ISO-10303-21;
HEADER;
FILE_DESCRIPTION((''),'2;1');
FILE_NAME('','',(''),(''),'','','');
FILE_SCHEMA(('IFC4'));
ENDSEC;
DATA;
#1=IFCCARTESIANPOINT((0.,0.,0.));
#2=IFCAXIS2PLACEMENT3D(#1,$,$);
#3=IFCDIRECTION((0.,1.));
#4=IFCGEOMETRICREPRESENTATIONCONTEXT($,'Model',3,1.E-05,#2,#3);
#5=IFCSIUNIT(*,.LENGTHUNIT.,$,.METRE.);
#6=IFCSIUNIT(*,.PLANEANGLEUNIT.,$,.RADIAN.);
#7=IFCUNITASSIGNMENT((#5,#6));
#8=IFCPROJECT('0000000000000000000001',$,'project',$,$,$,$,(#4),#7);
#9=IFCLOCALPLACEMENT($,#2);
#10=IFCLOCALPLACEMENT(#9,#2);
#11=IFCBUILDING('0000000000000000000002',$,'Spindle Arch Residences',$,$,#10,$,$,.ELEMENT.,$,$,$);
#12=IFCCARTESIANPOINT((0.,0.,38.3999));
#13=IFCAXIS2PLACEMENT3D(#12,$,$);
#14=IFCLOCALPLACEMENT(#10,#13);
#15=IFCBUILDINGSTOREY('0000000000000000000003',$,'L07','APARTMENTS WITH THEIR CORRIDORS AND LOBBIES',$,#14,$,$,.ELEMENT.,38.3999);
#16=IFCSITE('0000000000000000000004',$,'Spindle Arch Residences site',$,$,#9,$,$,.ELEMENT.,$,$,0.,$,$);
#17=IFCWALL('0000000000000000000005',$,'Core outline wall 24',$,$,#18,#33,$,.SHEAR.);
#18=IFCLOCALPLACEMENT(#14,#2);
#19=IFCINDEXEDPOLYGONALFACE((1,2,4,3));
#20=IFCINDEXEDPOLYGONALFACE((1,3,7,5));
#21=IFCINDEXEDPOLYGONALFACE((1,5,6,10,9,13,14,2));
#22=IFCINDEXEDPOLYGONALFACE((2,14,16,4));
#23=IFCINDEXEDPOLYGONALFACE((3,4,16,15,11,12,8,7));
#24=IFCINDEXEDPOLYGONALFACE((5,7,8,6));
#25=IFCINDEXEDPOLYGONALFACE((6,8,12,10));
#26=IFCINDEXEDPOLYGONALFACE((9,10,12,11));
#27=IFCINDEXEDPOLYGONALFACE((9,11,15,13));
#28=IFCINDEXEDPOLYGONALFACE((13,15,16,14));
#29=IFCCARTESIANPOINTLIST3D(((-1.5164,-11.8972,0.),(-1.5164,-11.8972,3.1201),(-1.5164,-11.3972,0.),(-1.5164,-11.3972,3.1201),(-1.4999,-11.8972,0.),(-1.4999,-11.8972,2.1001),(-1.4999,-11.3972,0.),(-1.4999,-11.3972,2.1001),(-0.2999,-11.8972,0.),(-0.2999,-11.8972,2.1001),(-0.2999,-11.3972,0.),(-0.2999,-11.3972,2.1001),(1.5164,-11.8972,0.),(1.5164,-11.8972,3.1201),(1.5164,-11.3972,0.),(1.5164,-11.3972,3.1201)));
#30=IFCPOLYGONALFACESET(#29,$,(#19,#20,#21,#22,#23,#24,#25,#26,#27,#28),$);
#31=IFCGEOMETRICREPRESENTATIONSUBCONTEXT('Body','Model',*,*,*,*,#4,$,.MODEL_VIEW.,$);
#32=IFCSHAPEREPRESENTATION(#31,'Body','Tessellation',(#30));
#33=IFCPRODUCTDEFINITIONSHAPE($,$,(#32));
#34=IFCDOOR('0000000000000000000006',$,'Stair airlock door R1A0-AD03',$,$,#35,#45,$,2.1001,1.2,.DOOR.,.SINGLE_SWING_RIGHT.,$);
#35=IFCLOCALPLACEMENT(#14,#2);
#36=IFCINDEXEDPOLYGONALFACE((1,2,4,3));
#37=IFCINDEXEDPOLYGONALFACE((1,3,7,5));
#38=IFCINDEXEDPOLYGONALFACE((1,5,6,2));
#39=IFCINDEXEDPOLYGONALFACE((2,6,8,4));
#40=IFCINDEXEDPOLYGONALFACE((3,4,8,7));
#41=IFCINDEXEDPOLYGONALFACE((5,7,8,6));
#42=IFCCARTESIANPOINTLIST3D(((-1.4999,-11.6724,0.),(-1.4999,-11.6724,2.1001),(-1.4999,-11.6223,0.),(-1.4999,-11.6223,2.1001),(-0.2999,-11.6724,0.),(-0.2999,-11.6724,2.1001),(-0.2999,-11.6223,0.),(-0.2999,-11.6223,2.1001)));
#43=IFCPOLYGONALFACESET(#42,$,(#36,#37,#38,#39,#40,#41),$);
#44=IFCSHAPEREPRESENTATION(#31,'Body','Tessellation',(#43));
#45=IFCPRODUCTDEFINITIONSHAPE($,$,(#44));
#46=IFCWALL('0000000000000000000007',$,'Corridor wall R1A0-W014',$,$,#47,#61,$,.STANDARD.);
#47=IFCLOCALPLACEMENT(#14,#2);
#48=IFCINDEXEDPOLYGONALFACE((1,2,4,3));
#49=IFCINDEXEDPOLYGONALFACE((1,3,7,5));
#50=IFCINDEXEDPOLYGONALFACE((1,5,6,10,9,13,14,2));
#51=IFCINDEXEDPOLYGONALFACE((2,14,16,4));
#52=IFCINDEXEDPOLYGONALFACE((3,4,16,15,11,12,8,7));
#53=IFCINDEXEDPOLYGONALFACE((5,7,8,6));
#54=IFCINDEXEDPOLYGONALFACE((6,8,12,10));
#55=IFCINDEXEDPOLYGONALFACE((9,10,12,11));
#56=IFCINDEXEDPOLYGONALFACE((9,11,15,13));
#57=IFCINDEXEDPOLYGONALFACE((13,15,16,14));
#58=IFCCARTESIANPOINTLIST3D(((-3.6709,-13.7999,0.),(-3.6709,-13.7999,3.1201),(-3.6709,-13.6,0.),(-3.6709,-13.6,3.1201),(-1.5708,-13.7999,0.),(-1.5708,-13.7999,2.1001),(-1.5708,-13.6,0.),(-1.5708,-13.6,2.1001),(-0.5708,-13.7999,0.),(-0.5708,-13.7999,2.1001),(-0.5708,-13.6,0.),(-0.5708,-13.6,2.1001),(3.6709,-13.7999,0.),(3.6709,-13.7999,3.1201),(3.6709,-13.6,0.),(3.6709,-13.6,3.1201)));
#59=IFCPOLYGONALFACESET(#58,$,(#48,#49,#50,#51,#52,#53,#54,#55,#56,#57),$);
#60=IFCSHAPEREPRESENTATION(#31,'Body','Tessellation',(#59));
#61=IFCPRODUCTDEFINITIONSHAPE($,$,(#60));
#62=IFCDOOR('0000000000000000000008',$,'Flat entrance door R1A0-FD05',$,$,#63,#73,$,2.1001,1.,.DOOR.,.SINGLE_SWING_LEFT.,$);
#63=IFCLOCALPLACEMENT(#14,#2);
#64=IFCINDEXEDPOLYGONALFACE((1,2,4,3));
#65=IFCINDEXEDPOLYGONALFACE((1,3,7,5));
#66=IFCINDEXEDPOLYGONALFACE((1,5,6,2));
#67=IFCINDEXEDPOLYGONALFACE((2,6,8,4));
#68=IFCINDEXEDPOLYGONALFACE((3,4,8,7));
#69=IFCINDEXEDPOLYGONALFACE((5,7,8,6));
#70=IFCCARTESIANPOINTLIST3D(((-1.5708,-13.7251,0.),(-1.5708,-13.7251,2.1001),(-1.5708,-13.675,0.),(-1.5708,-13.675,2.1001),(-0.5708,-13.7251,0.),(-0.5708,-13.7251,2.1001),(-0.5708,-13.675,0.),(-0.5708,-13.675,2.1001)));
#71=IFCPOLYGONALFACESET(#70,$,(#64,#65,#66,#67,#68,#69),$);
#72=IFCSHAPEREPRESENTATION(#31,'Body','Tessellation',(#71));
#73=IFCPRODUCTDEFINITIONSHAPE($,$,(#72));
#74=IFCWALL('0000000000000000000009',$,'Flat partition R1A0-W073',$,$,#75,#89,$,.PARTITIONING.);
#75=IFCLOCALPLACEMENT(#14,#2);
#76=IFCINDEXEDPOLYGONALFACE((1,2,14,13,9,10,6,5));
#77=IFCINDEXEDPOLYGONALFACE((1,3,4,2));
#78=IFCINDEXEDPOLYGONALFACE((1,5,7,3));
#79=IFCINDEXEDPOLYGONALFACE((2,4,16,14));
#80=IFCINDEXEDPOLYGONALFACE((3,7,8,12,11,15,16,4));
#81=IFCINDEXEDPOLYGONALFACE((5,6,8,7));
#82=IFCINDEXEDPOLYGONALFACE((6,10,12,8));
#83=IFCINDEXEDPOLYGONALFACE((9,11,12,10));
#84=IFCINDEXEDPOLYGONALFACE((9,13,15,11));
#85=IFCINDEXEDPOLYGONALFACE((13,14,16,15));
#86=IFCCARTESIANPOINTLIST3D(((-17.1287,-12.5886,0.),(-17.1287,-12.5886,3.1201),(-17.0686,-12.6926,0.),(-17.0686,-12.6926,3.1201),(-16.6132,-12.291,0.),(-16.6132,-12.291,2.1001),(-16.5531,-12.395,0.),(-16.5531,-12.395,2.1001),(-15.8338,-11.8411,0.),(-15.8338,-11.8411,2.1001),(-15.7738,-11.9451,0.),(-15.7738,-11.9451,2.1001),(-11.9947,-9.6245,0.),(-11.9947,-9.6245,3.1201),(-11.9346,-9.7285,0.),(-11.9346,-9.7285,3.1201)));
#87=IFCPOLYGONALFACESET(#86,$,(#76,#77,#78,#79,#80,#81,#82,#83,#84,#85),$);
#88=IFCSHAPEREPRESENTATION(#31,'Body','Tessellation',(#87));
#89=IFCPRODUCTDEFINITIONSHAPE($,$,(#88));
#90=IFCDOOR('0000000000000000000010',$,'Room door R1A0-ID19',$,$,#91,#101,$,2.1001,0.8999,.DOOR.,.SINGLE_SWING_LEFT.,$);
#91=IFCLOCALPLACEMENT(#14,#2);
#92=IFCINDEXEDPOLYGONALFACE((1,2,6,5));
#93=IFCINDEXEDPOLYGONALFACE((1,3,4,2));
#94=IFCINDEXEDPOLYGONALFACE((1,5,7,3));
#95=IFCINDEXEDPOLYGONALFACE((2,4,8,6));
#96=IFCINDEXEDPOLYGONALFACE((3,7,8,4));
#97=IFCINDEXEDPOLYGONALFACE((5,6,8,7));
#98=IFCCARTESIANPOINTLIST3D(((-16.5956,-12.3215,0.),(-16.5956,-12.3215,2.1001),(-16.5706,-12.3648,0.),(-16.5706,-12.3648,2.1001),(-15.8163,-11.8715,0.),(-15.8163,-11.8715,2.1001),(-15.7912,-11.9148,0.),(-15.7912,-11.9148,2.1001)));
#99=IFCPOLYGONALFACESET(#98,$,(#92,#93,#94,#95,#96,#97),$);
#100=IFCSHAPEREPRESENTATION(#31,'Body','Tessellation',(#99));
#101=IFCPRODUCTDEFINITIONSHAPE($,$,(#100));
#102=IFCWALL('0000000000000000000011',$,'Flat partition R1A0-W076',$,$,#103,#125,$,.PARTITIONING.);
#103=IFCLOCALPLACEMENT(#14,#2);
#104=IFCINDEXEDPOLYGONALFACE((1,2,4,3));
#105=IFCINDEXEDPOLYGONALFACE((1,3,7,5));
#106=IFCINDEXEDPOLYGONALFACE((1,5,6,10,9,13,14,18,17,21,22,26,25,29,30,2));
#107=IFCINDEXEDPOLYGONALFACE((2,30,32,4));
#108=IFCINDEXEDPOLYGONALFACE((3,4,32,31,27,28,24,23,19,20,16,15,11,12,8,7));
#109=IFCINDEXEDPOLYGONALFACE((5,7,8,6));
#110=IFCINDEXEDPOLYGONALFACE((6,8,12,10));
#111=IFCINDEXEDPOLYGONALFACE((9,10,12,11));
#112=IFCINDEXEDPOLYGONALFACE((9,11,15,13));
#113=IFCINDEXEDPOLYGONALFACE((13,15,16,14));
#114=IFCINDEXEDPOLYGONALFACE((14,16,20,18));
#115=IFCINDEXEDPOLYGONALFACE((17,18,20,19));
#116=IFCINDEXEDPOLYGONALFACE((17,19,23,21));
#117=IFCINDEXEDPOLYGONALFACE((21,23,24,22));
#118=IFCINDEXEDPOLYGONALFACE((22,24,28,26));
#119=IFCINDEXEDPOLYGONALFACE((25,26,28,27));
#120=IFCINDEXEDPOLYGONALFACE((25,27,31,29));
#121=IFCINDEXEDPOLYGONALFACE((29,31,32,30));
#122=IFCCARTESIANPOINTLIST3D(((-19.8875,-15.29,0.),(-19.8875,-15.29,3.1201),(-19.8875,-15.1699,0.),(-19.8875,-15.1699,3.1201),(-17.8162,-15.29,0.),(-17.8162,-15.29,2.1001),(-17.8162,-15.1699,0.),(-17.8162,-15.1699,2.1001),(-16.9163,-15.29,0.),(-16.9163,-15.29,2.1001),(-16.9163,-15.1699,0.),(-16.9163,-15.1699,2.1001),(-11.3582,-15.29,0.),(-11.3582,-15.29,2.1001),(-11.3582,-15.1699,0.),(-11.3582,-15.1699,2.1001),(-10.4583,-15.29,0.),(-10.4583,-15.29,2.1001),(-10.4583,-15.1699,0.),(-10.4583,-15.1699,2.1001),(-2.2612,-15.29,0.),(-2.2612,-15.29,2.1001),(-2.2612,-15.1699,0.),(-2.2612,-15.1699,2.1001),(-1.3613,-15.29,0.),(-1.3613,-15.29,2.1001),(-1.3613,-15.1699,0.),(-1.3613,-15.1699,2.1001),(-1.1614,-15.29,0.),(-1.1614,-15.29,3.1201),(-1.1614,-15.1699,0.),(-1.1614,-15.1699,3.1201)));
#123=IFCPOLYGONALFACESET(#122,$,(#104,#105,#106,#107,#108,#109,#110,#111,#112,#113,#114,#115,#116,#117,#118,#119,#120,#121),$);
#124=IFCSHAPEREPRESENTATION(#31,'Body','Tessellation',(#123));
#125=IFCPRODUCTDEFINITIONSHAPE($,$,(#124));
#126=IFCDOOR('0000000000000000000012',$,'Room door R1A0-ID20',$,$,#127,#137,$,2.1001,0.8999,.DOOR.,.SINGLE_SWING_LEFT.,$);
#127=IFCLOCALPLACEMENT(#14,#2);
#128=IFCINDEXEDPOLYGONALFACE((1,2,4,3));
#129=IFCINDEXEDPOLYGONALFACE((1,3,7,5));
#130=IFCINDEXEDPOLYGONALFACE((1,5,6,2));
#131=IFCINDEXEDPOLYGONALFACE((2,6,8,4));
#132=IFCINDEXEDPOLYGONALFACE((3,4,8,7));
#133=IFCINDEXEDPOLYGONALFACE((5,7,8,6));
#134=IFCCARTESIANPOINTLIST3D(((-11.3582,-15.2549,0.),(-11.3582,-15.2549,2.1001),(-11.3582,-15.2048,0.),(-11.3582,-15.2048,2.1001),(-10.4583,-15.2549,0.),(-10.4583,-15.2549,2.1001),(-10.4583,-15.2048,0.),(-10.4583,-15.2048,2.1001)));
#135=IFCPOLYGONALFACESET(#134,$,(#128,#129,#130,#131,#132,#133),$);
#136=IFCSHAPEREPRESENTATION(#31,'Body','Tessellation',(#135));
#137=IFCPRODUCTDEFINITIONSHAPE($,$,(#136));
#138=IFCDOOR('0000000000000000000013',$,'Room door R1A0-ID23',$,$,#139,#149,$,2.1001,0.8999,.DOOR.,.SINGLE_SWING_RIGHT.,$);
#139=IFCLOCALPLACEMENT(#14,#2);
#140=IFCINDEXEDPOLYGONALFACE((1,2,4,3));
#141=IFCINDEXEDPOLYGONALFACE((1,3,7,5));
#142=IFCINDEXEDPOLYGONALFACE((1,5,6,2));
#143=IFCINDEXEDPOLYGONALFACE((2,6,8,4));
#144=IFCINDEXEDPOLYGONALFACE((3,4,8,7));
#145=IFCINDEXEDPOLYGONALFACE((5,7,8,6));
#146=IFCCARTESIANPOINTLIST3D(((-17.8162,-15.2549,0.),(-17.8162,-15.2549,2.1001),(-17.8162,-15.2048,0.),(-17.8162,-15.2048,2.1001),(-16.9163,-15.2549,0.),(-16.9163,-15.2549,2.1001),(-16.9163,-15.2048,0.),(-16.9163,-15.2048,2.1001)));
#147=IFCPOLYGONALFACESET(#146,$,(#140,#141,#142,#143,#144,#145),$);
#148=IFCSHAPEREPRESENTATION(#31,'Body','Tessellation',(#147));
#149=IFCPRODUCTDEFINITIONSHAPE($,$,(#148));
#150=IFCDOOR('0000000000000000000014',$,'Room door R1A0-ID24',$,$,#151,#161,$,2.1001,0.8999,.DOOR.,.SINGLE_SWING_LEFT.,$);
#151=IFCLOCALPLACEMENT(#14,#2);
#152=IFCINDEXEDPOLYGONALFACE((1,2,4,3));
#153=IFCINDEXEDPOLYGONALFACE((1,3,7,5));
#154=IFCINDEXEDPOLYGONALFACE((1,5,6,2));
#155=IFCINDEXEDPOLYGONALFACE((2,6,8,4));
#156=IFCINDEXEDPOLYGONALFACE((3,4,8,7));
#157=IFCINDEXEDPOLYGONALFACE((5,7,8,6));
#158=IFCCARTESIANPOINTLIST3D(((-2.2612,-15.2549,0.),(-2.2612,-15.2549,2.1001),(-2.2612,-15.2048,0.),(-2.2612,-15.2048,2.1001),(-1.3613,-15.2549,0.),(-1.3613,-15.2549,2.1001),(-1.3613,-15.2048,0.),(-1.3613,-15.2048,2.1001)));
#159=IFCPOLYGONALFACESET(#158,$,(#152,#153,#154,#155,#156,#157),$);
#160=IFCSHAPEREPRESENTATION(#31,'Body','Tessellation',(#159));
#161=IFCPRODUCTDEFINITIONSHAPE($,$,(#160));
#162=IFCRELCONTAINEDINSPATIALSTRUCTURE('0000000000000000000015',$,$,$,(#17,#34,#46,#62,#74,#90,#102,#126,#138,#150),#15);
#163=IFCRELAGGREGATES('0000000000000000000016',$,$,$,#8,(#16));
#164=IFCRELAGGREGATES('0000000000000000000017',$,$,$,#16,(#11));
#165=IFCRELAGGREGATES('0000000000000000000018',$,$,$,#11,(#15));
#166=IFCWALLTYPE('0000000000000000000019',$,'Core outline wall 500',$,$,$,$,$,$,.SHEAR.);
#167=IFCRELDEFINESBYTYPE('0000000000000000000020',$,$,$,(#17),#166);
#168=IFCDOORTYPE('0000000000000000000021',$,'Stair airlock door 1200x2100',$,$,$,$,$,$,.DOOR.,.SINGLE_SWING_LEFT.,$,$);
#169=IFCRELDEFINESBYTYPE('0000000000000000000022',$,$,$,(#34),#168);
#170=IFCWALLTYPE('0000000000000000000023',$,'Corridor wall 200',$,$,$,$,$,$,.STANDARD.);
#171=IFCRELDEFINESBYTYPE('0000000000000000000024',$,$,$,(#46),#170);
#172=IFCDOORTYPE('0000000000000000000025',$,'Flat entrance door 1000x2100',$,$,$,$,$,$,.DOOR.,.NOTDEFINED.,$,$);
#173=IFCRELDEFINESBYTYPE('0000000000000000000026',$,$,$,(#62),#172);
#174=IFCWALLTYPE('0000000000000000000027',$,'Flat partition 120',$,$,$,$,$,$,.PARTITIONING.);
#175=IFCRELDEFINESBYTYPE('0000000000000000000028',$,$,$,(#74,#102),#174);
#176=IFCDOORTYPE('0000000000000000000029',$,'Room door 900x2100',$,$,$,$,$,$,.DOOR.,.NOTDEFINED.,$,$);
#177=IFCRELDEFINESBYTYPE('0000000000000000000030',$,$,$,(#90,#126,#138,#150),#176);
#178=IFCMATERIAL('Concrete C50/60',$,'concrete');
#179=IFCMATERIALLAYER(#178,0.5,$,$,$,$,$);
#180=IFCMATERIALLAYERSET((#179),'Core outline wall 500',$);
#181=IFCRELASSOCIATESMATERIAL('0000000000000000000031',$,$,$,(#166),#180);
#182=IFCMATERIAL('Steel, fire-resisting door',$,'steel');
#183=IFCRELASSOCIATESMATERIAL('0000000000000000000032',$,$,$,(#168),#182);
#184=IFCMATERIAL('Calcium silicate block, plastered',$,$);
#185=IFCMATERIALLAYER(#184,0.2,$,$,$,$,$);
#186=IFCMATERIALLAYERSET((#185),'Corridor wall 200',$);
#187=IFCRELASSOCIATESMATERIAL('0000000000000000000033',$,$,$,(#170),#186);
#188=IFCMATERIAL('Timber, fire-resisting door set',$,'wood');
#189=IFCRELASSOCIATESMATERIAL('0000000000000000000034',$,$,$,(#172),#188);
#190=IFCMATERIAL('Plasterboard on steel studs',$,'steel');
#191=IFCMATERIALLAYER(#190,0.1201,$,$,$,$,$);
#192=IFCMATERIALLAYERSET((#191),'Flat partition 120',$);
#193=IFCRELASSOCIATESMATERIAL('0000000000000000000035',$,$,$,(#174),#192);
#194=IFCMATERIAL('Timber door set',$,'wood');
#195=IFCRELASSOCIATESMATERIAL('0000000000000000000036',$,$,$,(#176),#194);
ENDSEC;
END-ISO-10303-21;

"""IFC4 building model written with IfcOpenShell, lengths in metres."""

from ifc_helpers import new_model, si_unit, direction, frame, frame_2d, origin, place, context, subcontext, project, spatial, rectangle, extrude, material, layer, layer_set, type_object, element, fill, save


model = new_model("IFC4")

# Units and contexts
model_context = context("Model", 3, precision=1e-05, world=origin(), true_north=direction((0.0, 1.0)))
body_context = subcontext(model_context, "Body", "Model", "MODEL_VIEW")
ifc_project = project(units=[si_unit("LENGTHUNIT", "METRE"), si_unit("PLANEANGLEUNIT", "RADIAN")], contexts=[model_context])

# Site, building, storey
site_placement = place(None, origin())
site = spatial("IfcSite", under=ifc_project, at=site_placement, Name="Spindle Arch Residences site", CompositionType="ELEMENT", RefElevation=0.0)
building_placement = place(site_placement, origin())
building = spatial("IfcBuilding", under=site, at=building_placement, Name="Spindle Arch Residences", CompositionType="ELEMENT")
storey_placement = place(building_placement, frame((0.0, 0.0, 38.3999)))
storey = spatial("IfcBuildingStorey", under=building, at=storey_placement, Name="L07", Description="APARTMENTS WITH THEIR CORRIDORS AND LOBBIES", CompositionType="ELEMENT", Elevation=38.3999)

# Walls, openings, doors
ifc_material_1 = material(Name="Concrete C50/60", Category="concrete")
ifc_layer_1 = layer(ifc_material_1, 0.5)
ifc_layer_set_1 = layer_set([ifc_layer_1], Name="Core outline wall 500")
wall_type_1 = type_object("IfcWallType", Name="Core outline wall 500", PredefinedType="SHEAR", material=ifc_layer_set_1)
wall_1_placement = place(storey_placement, frame((-1.5164, -11.6472, 0.0), z_axis=(0.0, 0.0, 1.0), x_axis=(1.0, 0.0, 0.0)))
wall_1 = element("IfcWall", 1, at=wall_1_placement, inside=storey, type_object=wall_type_1, Name="Core outline wall 24", PredefinedType="SHEAR", context=body_context, shape_type="SweptSolid", body=[
    extrude(rectangle(XDim=3.0327, YDim=0.5, at=frame_2d((1.5164, 0.0))), origin(), (0.0, 0.0, 1.0), 3.1201),
])
opening_1_placement = place(wall_1_placement, frame((0.0164, 0.0, 0.0)))
opening_1 = element("IfcOpeningElement", 2, at=opening_1_placement, cuts=wall_1, PredefinedType="OPENING", context=body_context, shape_type="SweptSolid", body=[
    extrude(rectangle(XDim=1.2, YDim=2.1001, at=frame_2d((0.6001, 1.05))), frame((0.0, 0.26, 0.0), z_axis=(0.0, -1.0, 0.0), x_axis=(1.0, 0.0, 0.0)), (0.0, 0.0, 1.0), 0.52),
])
ifc_material_2 = material(Name="Steel, fire-resisting door", Category="steel")
door_type_1 = type_object("IfcDoorType", Name="Stair airlock door 1200x2100", OperationType="SINGLE_SWING_LEFT", PredefinedType="DOOR", material=ifc_material_2)
door_1_placement = place(opening_1_placement, origin())
door_1 = element("IfcDoor", 3, at=door_1_placement, inside=storey, type_object=door_type_1, Name="Stair airlock door R1A0-AD03", OperationType="SINGLE_SWING_RIGHT", OverallHeight=2.1001, OverallWidth=1.2, PredefinedType="DOOR", context=body_context, shape_type="SweptSolid", body=[
    extrude(rectangle(XDim=1.2, YDim=2.1001, at=frame_2d((0.6001, 1.05))), frame((0.0, 0.0249, 0.0), z_axis=(0.0, -1.0, 0.0), x_axis=(1.0, 0.0, 0.0)), (0.0, 0.0, 1.0), 0.05),
])
fill(opening_1, door_1)
ifc_material_3 = material(Name="Calcium silicate block, plastered")
ifc_layer_2 = layer(ifc_material_3, 0.2)
ifc_layer_set_2 = layer_set([ifc_layer_2], Name="Corridor wall 200")
wall_type_2 = type_object("IfcWallType", Name="Corridor wall 200", PredefinedType="STANDARD", material=ifc_layer_set_2)
wall_2_placement = place(storey_placement, frame((-3.6709, -13.7, 0.0), z_axis=(0.0, 0.0, 1.0), x_axis=(1.0, 0.0, 0.0)))
wall_2 = element("IfcWall", 4, at=wall_2_placement, inside=storey, type_object=wall_type_2, Name="Corridor wall R1A0-W014", PredefinedType="STANDARD", context=body_context, shape_type="SweptSolid", body=[
    extrude(rectangle(XDim=7.3418, YDim=0.2, at=frame_2d((3.6709, 0.0))), origin(), (0.0, 0.0, 1.0), 3.1201),
])
opening_2_placement = place(wall_2_placement, frame((2.1001, 0.0, 0.0)))
opening_2 = element("IfcOpeningElement", 5, at=opening_2_placement, cuts=wall_2, PredefinedType="OPENING", context=body_context, shape_type="SweptSolid", body=[
    extrude(rectangle(XDim=1.0, YDim=2.1001, at=frame_2d((0.5, 1.05))), frame((0.0, 0.1099, 0.0), z_axis=(0.0, -1.0, 0.0), x_axis=(1.0, 0.0, 0.0)), (0.0, 0.0, 1.0), 0.22),
])
ifc_material_4 = material(Name="Timber, fire-resisting door set", Category="wood")
door_type_2 = type_object("IfcDoorType", Name="Flat entrance door 1000x2100", OperationType="NOTDEFINED", PredefinedType="DOOR", material=ifc_material_4)
door_2_placement = place(opening_2_placement, origin())
door_2 = element("IfcDoor", 6, at=door_2_placement, inside=storey, type_object=door_type_2, Name="Flat entrance door R1A0-FD05", OperationType="SINGLE_SWING_LEFT", OverallHeight=2.1001, OverallWidth=1.0, PredefinedType="DOOR", context=body_context, shape_type="SweptSolid", body=[
    extrude(rectangle(XDim=1.0, YDim=2.1001, at=frame_2d((0.5, 1.05))), frame((0.0, 0.0249, 0.0), z_axis=(0.0, -1.0, 0.0), x_axis=(1.0, 0.0, 0.0)), (0.0, 0.0, 1.0), 0.05),
])
fill(opening_2, door_2)
ifc_material_5 = material(Name="Plasterboard on steel studs", Category="steel")
ifc_layer_3 = layer(ifc_material_5, 0.1201)
ifc_layer_set_3 = layer_set([ifc_layer_3], Name="Flat partition 120")
wall_type_3 = type_object("IfcWallType", Name="Flat partition 120", PredefinedType="PARTITIONING", material=ifc_layer_set_3)
wall_3_placement = place(storey_placement, frame((-17.0986, -12.6406, 0.0), z_axis=(0.0, 0.0, 1.0), x_axis=(0.866027, 0.499997, 0.0)))
wall_3 = element("IfcWall", 7, at=wall_3_placement, inside=storey, type_object=wall_type_3, Name="Flat partition R1A0-W073", PredefinedType="PARTITIONING", context=body_context, shape_type="SweptSolid", body=[
    extrude(rectangle(XDim=5.9282, YDim=0.1201, at=frame_2d((2.9641, 0.0))), origin(), (0.0, 0.0, 1.0), 3.1201),
])
opening_3_placement = place(wall_3_placement, frame((0.5952, 0.0, 0.0)))
opening_3 = element("IfcOpeningElement", 8, at=opening_3_placement, cuts=wall_3, PredefinedType="OPENING", context=body_context, shape_type="SweptSolid", body=[
    extrude(rectangle(XDim=0.8999, YDim=2.1001, at=frame_2d((0.45, 1.05))), frame((0.0, 0.0701, 0.0), z_axis=(0.0, -1.0, 0.0), x_axis=(1.0, 0.0, 0.0)), (0.0, 0.0, 1.0), 0.1401),
])
ifc_material_6 = material(Name="Timber door set", Category="wood")
door_type_3 = type_object("IfcDoorType", Name="Room door 900x2100", OperationType="NOTDEFINED", PredefinedType="DOOR", material=ifc_material_6)
door_3_placement = place(opening_3_placement, origin())
door_3 = element("IfcDoor", 9, at=door_3_placement, inside=storey, type_object=door_type_3, Name="Room door R1A0-ID19", OperationType="SINGLE_SWING_LEFT", OverallHeight=2.1001, OverallWidth=0.8999, PredefinedType="DOOR", context=body_context, shape_type="SweptSolid", body=[
    extrude(rectangle(XDim=0.8999, YDim=2.1001, at=frame_2d((0.45, 1.05))), frame((0.0, 0.0249, 0.0), z_axis=(0.0, -1.0, 0.0), x_axis=(1.0, 0.0, 0.0)), (0.0, 0.0, 1.0), 0.05),
])
fill(opening_3, door_3)

# Wall, openings, doors
wall_4_placement = place(storey_placement, frame((-1.1614, -15.23, 0.0), z_axis=(0.0, 0.0, 1.0), x_axis=(-1.0, 0.0, 0.0)))
wall_4 = element("IfcWall", 10, at=wall_4_placement, inside=storey, type_object=wall_type_3, Name="Flat partition R1A0-W076", PredefinedType="PARTITIONING", context=body_context, shape_type="SweptSolid", body=[
    extrude(rectangle(XDim=18.7261, YDim=0.1201, at=frame_2d((9.363, 0.0))), origin(), (0.0, 0.0, 1.0), 3.1201),
])
opening_4_placement = place(wall_4_placement, frame((9.2969, 0.0, 0.0)))
opening_4 = element("IfcOpeningElement", 11, at=opening_4_placement, cuts=wall_4, PredefinedType="OPENING", context=body_context, shape_type="SweptSolid", body=[
    extrude(rectangle(XDim=0.8999, YDim=2.1001, at=frame_2d((0.45, 1.05))), frame((0.0, 0.0701, 0.0), z_axis=(0.0, -1.0, 0.0), x_axis=(1.0, 0.0, 0.0)), (0.0, 0.0, 1.0), 0.1401),
])
opening_5_placement = place(wall_4_placement, frame((15.7549, 0.0, 0.0)))
opening_5 = element("IfcOpeningElement", 12, at=opening_5_placement, cuts=wall_4, PredefinedType="OPENING", context=body_context, shape_type="SweptSolid", body=[
    extrude(rectangle(XDim=0.8999, YDim=2.1001, at=frame_2d((0.45, 1.05))), frame((0.0, 0.0701, 0.0), z_axis=(0.0, -1.0, 0.0), x_axis=(1.0, 0.0, 0.0)), (0.0, 0.0, 1.0), 0.1401),
])
opening_6_placement = place(wall_4_placement, frame((0.2, 0.0, 0.0)))
opening_6 = element("IfcOpeningElement", 13, at=opening_6_placement, cuts=wall_4, PredefinedType="OPENING", context=body_context, shape_type="SweptSolid", body=[
    extrude(rectangle(XDim=0.8999, YDim=2.1001, at=frame_2d((0.45, 1.05))), frame((0.0, 0.0701, 0.0), z_axis=(0.0, -1.0, 0.0), x_axis=(1.0, 0.0, 0.0)), (0.0, 0.0, 1.0), 0.1401),
])
door_4_placement = place(opening_4_placement, origin())
door_4 = element("IfcDoor", 14, at=door_4_placement, inside=storey, type_object=door_type_3, Name="Room door R1A0-ID20", OperationType="SINGLE_SWING_LEFT", OverallHeight=2.1001, OverallWidth=0.8999, PredefinedType="DOOR", context=body_context, shape_type="SweptSolid", body=[
    extrude(rectangle(XDim=0.8999, YDim=2.1001, at=frame_2d((0.45, 1.05))), frame((0.0, 0.0249, 0.0), z_axis=(0.0, -1.0, 0.0), x_axis=(1.0, 0.0, 0.0)), (0.0, 0.0, 1.0), 0.05),
])
fill(opening_4, door_4)
door_5_placement = place(opening_5_placement, origin())
door_5 = element("IfcDoor", 15, at=door_5_placement, inside=storey, type_object=door_type_3, Name="Room door R1A0-ID23", OperationType="SINGLE_SWING_RIGHT", OverallHeight=2.1001, OverallWidth=0.8999, PredefinedType="DOOR", context=body_context, shape_type="SweptSolid", body=[
    extrude(rectangle(XDim=0.8999, YDim=2.1001, at=frame_2d((0.45, 1.05))), frame((0.0, 0.0249, 0.0), z_axis=(0.0, -1.0, 0.0), x_axis=(1.0, 0.0, 0.0)), (0.0, 0.0, 1.0), 0.05),
])
fill(opening_5, door_5)
door_6_placement = place(opening_6_placement, origin())
door_6 = element("IfcDoor", 16, at=door_6_placement, inside=storey, type_object=door_type_3, Name="Room door R1A0-ID24", OperationType="SINGLE_SWING_LEFT", OverallHeight=2.1001, OverallWidth=0.8999, PredefinedType="DOOR", context=body_context, shape_type="SweptSolid", body=[
    extrude(rectangle(XDim=0.8999, YDim=2.1001, at=frame_2d((0.45, 1.05))), frame((0.0, 0.0249, 0.0), z_axis=(0.0, -1.0, 0.0), x_axis=(1.0, 0.0, 0.0)), (0.0, 0.0, 1.0), 0.05),
])
fill(opening_6, door_6)

save(model, "model.ifc")
